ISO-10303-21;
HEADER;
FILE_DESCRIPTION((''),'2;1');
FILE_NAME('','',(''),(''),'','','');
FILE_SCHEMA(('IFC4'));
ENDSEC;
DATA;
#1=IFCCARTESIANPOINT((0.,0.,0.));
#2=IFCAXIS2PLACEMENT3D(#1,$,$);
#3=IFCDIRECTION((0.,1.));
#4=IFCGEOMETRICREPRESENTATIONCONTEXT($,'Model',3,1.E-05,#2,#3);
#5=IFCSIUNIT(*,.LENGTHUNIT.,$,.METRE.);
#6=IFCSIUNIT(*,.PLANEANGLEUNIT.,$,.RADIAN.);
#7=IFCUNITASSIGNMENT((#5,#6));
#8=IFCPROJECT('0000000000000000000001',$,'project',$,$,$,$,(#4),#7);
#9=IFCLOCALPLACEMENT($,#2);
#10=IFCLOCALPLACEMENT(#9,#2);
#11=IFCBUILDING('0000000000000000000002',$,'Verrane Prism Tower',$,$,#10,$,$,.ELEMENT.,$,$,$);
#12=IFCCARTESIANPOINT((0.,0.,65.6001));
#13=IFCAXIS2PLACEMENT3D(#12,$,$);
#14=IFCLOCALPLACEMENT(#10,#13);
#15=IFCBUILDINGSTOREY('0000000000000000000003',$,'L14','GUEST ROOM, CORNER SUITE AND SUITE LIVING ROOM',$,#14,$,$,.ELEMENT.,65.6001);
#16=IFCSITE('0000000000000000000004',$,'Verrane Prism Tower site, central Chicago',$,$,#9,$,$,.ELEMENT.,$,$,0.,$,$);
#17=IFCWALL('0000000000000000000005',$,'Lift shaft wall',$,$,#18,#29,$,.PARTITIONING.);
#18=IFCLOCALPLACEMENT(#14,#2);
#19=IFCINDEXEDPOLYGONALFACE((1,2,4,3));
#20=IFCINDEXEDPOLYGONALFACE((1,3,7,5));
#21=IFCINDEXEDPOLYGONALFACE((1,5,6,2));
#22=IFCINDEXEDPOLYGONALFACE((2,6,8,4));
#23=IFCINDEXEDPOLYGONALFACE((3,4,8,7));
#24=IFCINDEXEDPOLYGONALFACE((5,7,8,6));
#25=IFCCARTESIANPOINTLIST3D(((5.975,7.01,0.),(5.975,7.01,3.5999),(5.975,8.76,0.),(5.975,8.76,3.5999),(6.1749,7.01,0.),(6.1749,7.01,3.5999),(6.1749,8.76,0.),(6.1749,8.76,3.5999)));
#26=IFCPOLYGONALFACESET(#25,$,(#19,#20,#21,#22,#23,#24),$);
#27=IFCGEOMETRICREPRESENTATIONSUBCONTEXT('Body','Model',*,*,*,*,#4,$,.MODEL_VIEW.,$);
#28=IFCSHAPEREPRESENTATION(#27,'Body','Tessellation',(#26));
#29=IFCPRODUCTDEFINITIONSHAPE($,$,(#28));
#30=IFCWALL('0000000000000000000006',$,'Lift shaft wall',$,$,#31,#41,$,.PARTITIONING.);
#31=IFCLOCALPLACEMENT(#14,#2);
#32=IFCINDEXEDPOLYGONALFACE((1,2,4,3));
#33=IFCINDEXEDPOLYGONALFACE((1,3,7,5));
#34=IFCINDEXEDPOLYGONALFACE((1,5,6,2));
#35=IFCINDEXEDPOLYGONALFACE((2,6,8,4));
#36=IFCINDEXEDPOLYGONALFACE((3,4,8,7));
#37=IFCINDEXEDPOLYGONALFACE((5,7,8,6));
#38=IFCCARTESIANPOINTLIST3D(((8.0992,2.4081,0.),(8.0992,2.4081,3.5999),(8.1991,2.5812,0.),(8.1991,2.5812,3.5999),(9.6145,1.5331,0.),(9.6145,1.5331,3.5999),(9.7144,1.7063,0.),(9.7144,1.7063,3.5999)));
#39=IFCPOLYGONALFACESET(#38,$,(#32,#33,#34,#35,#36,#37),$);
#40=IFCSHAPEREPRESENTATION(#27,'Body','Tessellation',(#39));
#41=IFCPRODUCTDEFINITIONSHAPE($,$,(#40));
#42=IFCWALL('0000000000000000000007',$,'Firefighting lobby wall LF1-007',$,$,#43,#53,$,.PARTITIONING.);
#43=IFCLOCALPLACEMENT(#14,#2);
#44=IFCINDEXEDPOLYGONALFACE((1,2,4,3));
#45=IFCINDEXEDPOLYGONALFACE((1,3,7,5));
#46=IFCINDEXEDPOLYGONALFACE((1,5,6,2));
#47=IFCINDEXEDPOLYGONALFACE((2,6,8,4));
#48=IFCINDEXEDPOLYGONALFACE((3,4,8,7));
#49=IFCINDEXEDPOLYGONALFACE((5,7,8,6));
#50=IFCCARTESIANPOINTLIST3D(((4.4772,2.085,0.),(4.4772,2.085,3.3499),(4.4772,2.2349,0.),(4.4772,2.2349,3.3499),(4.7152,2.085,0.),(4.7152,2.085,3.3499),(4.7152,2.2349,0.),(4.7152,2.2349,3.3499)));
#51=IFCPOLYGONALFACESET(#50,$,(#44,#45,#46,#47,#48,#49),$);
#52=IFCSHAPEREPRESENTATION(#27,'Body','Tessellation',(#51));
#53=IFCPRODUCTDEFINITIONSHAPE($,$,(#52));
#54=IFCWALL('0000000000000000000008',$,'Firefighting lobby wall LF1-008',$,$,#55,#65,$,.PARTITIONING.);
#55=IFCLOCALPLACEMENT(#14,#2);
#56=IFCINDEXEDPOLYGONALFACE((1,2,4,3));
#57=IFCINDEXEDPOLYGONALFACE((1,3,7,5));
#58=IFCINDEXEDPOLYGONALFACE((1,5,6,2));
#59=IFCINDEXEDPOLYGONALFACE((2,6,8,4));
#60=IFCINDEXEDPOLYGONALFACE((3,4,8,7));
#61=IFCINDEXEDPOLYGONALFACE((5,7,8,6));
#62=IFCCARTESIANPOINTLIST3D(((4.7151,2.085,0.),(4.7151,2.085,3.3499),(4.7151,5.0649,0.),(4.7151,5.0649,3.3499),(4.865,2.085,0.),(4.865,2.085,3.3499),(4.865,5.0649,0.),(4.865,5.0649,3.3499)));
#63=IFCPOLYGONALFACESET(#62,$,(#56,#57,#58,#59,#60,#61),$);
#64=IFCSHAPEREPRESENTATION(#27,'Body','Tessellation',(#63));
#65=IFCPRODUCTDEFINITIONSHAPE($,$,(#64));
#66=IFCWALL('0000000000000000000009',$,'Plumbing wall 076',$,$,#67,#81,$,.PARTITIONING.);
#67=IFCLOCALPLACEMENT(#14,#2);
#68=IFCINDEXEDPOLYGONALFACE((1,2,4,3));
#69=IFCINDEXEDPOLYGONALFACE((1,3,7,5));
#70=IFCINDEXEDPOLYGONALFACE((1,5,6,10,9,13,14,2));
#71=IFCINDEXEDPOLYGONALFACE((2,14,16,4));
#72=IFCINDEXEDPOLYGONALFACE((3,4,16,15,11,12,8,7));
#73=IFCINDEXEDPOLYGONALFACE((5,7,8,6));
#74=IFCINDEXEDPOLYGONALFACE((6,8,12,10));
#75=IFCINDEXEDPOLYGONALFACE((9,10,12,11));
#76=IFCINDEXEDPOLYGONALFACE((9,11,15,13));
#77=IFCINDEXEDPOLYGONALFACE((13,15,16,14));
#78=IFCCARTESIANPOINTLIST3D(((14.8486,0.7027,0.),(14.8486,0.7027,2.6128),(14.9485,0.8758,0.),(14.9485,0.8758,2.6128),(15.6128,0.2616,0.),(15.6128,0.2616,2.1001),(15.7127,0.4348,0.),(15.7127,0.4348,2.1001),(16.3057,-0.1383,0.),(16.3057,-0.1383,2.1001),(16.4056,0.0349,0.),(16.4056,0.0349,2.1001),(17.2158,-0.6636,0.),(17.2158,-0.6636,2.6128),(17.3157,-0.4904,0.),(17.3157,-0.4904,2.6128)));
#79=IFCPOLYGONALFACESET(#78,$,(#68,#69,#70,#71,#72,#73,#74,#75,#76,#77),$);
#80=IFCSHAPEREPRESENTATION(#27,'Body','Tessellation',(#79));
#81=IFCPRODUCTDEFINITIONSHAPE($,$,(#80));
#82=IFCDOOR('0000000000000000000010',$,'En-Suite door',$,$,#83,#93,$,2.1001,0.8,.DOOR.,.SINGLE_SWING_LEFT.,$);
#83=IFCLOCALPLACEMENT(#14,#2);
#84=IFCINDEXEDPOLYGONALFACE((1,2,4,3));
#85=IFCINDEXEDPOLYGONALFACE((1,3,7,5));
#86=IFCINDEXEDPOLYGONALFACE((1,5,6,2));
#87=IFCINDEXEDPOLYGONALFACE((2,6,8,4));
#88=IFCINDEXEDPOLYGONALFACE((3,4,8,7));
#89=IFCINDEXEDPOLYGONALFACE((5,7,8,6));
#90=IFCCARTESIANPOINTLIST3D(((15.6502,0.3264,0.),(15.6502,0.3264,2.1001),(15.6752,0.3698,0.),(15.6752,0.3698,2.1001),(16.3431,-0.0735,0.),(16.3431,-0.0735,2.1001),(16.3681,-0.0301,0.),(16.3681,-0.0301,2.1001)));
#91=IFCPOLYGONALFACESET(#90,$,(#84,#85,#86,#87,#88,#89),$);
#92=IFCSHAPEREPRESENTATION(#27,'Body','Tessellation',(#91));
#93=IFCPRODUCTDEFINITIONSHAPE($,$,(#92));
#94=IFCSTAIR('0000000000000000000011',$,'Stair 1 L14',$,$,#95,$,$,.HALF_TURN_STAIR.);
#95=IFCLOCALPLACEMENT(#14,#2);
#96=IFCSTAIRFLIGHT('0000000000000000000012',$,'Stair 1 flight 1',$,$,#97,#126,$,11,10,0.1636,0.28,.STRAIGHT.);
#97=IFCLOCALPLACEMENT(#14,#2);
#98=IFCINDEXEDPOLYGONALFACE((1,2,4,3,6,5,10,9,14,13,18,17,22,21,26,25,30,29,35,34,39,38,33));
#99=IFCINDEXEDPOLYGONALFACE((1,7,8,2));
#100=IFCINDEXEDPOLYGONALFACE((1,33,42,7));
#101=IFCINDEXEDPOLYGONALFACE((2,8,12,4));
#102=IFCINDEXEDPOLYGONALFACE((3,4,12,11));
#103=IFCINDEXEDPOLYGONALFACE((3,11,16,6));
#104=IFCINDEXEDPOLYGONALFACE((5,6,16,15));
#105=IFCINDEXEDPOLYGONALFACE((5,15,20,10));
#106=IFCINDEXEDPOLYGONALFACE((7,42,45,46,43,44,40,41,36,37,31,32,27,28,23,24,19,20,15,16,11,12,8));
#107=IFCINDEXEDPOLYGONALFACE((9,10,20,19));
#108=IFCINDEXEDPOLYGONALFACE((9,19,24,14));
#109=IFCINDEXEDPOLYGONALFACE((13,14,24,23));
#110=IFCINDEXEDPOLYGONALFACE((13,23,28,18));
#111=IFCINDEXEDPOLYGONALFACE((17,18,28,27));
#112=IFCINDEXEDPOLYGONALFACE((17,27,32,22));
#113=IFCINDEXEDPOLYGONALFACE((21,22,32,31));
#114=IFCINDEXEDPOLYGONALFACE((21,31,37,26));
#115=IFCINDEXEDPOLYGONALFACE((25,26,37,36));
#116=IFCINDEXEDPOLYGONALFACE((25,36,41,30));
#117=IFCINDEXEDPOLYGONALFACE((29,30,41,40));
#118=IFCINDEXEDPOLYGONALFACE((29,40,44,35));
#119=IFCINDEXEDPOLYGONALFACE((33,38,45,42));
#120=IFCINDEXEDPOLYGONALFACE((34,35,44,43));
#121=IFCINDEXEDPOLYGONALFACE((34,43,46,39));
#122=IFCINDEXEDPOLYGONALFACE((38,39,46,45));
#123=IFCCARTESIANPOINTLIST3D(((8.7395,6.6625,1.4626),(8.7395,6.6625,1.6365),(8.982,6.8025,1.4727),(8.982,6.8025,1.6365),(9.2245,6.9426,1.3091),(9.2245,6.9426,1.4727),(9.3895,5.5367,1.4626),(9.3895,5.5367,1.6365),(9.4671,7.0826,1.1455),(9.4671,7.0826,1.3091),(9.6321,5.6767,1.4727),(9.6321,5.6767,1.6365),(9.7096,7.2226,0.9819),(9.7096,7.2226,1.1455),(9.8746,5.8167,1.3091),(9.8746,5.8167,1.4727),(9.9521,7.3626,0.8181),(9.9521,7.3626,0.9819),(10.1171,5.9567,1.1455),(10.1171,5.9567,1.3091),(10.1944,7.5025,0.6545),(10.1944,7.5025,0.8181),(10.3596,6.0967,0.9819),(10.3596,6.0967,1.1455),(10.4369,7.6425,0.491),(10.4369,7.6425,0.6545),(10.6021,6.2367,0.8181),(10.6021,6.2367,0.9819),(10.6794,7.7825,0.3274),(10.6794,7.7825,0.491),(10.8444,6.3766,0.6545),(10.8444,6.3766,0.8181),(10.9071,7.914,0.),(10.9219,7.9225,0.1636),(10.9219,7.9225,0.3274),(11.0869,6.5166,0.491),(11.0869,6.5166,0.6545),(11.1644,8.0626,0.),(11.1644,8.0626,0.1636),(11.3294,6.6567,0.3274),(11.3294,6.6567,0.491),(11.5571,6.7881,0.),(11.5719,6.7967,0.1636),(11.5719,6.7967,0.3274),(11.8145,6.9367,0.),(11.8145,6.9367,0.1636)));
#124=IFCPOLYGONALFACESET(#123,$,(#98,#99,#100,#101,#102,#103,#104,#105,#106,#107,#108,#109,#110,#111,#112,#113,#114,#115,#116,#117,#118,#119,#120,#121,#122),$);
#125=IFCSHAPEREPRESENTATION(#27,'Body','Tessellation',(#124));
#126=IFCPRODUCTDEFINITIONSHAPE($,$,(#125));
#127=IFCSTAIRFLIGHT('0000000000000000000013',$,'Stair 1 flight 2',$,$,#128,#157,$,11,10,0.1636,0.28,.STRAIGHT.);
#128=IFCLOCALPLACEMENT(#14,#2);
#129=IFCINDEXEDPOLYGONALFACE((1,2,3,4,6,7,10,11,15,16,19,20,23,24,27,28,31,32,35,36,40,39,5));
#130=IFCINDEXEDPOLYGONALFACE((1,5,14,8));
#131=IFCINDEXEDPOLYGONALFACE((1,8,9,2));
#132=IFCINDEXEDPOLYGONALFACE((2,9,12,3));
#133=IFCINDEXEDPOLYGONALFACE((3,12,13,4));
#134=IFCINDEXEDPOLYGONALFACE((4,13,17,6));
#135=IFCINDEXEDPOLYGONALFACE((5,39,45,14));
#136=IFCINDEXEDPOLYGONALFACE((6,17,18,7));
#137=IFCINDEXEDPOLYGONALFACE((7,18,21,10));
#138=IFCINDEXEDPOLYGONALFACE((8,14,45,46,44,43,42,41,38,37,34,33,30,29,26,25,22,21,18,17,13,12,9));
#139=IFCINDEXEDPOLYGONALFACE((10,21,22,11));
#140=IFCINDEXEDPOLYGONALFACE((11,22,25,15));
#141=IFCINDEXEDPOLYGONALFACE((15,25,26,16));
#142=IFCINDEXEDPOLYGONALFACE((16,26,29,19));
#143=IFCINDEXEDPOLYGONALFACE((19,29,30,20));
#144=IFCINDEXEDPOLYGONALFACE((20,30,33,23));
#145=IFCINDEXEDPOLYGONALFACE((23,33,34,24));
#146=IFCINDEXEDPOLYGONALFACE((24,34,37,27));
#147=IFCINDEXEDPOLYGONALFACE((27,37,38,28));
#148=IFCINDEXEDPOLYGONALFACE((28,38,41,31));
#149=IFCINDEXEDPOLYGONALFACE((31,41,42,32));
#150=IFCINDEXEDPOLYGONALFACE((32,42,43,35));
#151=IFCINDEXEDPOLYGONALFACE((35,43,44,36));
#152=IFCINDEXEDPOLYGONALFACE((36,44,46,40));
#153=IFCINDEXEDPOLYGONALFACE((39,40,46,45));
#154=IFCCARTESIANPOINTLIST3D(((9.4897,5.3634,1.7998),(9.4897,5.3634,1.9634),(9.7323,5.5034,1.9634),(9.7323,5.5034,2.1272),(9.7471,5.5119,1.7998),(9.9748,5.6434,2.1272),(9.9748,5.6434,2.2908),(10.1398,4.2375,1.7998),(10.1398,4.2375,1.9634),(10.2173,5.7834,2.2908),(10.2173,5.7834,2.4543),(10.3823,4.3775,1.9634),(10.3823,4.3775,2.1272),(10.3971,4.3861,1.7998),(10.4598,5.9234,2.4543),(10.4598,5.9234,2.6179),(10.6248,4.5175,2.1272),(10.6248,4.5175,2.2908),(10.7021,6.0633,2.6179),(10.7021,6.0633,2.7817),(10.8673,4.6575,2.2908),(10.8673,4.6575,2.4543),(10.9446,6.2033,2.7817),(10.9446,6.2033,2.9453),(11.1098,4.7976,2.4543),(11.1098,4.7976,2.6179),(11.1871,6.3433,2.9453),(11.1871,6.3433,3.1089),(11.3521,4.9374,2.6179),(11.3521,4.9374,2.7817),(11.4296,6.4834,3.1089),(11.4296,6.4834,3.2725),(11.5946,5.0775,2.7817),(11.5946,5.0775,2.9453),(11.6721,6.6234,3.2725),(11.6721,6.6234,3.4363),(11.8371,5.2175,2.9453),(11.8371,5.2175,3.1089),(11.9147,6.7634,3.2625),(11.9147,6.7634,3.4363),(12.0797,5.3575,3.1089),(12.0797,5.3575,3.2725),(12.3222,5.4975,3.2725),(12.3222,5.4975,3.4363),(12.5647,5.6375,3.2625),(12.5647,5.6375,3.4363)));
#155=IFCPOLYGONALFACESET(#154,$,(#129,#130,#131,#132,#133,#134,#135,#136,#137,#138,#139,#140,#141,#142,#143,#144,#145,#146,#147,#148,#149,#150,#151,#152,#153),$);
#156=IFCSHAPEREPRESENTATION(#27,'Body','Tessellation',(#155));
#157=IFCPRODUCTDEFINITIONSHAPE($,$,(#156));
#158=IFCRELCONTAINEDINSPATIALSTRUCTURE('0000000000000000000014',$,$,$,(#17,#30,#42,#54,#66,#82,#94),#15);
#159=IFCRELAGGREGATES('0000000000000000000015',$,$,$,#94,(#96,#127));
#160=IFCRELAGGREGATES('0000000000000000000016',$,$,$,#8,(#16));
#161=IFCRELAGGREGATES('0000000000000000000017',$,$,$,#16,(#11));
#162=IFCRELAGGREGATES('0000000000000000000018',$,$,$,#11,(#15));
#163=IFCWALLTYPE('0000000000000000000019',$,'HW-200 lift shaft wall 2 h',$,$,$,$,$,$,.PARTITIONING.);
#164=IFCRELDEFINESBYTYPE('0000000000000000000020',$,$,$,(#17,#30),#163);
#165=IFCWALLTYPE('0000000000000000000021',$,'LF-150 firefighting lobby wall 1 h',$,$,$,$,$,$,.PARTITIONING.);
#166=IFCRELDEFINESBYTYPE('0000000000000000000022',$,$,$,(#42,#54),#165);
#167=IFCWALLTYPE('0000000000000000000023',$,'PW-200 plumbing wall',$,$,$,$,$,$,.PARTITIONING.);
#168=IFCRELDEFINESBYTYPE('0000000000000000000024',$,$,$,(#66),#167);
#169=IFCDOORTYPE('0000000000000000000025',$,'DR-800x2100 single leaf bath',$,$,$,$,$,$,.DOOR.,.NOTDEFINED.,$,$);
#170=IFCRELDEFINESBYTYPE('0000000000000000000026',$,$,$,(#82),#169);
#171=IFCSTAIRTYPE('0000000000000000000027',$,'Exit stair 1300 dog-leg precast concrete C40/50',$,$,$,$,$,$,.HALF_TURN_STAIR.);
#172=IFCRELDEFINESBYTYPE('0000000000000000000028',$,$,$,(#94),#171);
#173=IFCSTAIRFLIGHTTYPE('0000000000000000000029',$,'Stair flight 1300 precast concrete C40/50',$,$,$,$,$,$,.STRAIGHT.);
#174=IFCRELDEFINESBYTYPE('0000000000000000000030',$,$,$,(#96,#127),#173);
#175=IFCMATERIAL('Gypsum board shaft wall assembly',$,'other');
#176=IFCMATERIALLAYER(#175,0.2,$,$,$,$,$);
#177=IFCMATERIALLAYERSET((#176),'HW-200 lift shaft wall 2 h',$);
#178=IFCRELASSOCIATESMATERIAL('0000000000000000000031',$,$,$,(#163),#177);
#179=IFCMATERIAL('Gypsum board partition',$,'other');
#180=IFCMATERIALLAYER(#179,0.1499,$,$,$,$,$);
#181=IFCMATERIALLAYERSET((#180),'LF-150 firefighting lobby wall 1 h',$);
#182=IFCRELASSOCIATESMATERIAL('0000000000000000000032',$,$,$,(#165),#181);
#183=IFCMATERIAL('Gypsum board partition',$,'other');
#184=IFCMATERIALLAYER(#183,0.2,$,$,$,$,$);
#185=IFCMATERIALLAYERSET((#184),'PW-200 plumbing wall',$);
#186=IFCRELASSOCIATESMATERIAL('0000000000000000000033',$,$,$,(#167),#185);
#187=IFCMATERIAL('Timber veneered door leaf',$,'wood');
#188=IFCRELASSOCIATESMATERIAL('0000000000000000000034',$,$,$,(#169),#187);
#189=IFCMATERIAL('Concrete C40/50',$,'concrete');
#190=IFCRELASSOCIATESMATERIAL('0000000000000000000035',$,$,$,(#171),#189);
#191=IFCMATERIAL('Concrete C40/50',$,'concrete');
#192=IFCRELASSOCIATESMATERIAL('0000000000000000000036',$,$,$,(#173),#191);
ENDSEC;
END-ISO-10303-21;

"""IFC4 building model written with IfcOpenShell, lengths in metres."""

from ifc_helpers import new_model, si_unit, direction, frame, frame_2d, origin, place, context, subcontext, project, spatial, polyline, rectangle, outline, extrude, material, layer, layer_set, type_object, element, fill, aggregate, save


model = new_model("IFC4")

# Units and contexts
model_context = context("Model", 3, precision=1e-05, world=origin(), true_north=direction((0.0, 1.0)))
body_context = subcontext(model_context, "Body", "Model", "MODEL_VIEW")
ifc_project = project(units=[si_unit("LENGTHUNIT", "METRE"), si_unit("PLANEANGLEUNIT", "RADIAN")], contexts=[model_context])

# Site, building, storey
site_placement = place(None, origin())
site = spatial("IfcSite", under=ifc_project, at=site_placement, Name="Verrane Prism Tower site, central Chicago", CompositionType="ELEMENT", RefElevation=0.0)
building_placement = place(site_placement, origin())
building = spatial("IfcBuilding", under=site, at=building_placement, Name="Verrane Prism Tower", CompositionType="ELEMENT")
storey_placement = place(building_placement, frame((0.0, 0.0, 65.6001)))
storey = spatial("IfcBuildingStorey", under=building, at=storey_placement, Name="L14", Description="GUEST ROOM, CORNER SUITE AND SUITE LIVING ROOM", CompositionType="ELEMENT", Elevation=65.6001)

# Walls
ifc_material_1 = material(Name="Gypsum board shaft wall assembly", Category="other")
ifc_layer_1 = layer(ifc_material_1, 0.2)
ifc_layer_set_1 = layer_set([ifc_layer_1], Name="HW-200 lift shaft wall 2 h")
wall_type_1 = type_object("IfcWallType", Name="HW-200 lift shaft wall 2 h", PredefinedType="PARTITIONING", material=ifc_layer_set_1)
wall_1_placement = place(storey_placement, frame((6.075, 7.01, 0.0), z_axis=(0.0, 0.0, 1.0), x_axis=(0.0, 1.0, 0.0)))
element("IfcWall", 1, at=wall_1_placement, inside=storey, type_object=wall_type_1, Name="Lift shaft wall", PredefinedType="PARTITIONING", context=body_context, shape_type="SweptSolid", body=[
    extrude(rectangle(XDim=1.75, YDim=0.2, at=frame_2d((0.875, 0.0))), origin(), (0.0, 0.0, 1.0), 3.5999),
])
wall_2_placement = place(storey_placement, frame((9.6646, 1.6196, 0.0), z_axis=(0.0, 0.0, 1.0), x_axis=(-0.866002, 0.50004, 0.0)))
element("IfcWall", 2, at=wall_2_placement, inside=storey, type_object=wall_type_1, Name="Lift shaft wall", PredefinedType="PARTITIONING", context=body_context, shape_type="SweptSolid", body=[
    extrude(rectangle(XDim=1.7498, YDim=0.2, at=frame_2d((0.875, 0.0))), origin(), (0.0, 0.0, 1.0), 3.5999),
])
ifc_material_2 = material(Name="Gypsum board partition", Category="other")
ifc_layer_2 = layer(ifc_material_2, 0.1499)
ifc_layer_set_2 = layer_set([ifc_layer_2], Name="LF-150 firefighting lobby wall 1 h")
wall_type_2 = type_object("IfcWallType", Name="LF-150 firefighting lobby wall 1 h", PredefinedType="PARTITIONING", material=ifc_layer_set_2)
wall_3_placement = place(storey_placement, frame((4.4771, 2.1599, 0.0), z_axis=(0.0, 0.0, 1.0), x_axis=(1.0, 0.0, 0.0)))
element("IfcWall", 3, at=wall_3_placement, inside=storey, type_object=wall_type_2, Name="Firefighting lobby wall LF1-007", PredefinedType="PARTITIONING", context=body_context, shape_type="SweptSolid", body=[
    extrude(rectangle(XDim=0.238, YDim=0.1499, at=frame_2d((0.1191, 0.0))), origin(), (0.0, 0.0, 1.0), 3.3499),
])
wall_4_placement = place(storey_placement, frame((4.79, 2.085, 0.0), z_axis=(0.0, 0.0, 1.0), x_axis=(0.0, 1.0, 0.0)))
element("IfcWall", 4, at=wall_4_placement, inside=storey, type_object=wall_type_2, Name="Firefighting lobby wall LF1-008", PredefinedType="PARTITIONING", context=body_context, shape_type="SweptSolid", body=[
    extrude(rectangle(XDim=2.98, YDim=0.1499, at=frame_2d((1.49, 0.0))), origin(), (0.0, 0.0, 1.0), 3.3499),
])

# Wall, opening, door
ifc_material_3 = material(Name="Gypsum board partition", Category="other")
ifc_layer_3 = layer(ifc_material_3, 0.2)
ifc_layer_set_3 = layer_set([ifc_layer_3], Name="PW-200 plumbing wall")
wall_type_3 = type_object("IfcWallType", Name="PW-200 plumbing wall", PredefinedType="PARTITIONING", material=ifc_layer_set_3)
wall_5_placement = place(storey_placement, frame((14.8984, 0.7893, 0.0), z_axis=(0.0, 0.0, 1.0), x_axis=(0.866102, -0.499867, 0.0)))
wall_5 = element("IfcWall", 5, at=wall_5_placement, inside=storey, type_object=wall_type_3, Name="Plumbing wall 076", PredefinedType="PARTITIONING", context=body_context, shape_type="SweptSolid", body=[
    extrude(rectangle(XDim=2.7332, YDim=0.2, at=frame_2d((1.3667, 0.0))), origin(), (0.0, 0.0, 1.0), 2.6128),
])
opening_placement = place(wall_5_placement, frame((0.8826, 0.0, 0.0)))
opening = element("IfcOpeningElement", 6, at=opening_placement, cuts=wall_5, PredefinedType="OPENING", context=body_context, shape_type="SweptSolid", body=[
    extrude(rectangle(XDim=0.8, YDim=2.1001, at=frame_2d((0.3999, 1.05))), frame((0.0, 0.1099, 0.0), z_axis=(0.0, -1.0, 0.0), x_axis=(1.0, 0.0, 0.0)), (0.0, 0.0, 1.0), 0.22),
])
ifc_material_4 = material(Name="Timber veneered door leaf", Category="wood")
door_type = type_object("IfcDoorType", Name="DR-800x2100 single leaf bath", OperationType="NOTDEFINED", PredefinedType="DOOR", material=ifc_material_4)
door_placement = place(opening_placement, origin())
door = element("IfcDoor", 7, at=door_placement, inside=storey, type_object=door_type, Name="En-Suite door", OperationType="SINGLE_SWING_LEFT", OverallHeight=2.1001, OverallWidth=0.8, PredefinedType="DOOR", context=body_context, shape_type="SweptSolid", body=[
    extrude(rectangle(XDim=0.8, YDim=2.1001, at=frame_2d((0.3999, 1.05))), frame((0.0, 0.0249, 0.0), z_axis=(0.0, -1.0, 0.0), x_axis=(1.0, 0.0, 0.0)), (0.0, 0.0, 1.0), 0.05),
])
fill(opening, door)

# Stair, stair flights
ifc_material_5 = material(Name="Concrete C40/50", Category="concrete")
stair_type = type_object("IfcStairType", Name="Exit stair 1300 dog-leg precast concrete C40/50", PredefinedType="HALF_TURN_STAIR", material=ifc_material_5)
stair_placement = place(storey_placement, origin())
stair = element("IfcStair", 8, at=stair_placement, inside=storey, type_object=stair_type, Name="Stair 1 L14", PredefinedType="HALF_TURN_STAIR")
ifc_material_6 = material(Name="Concrete C40/50", Category="concrete")
stair_flight_type = type_object("IfcStairFlightType", Name="Stair flight 1300 precast concrete C40/50", PredefinedType="STRAIGHT", material=ifc_material_6)
stair_flight_1_placement = place(storey_placement, frame((11.4895, 7.4995, 0.0), z_axis=(0.0, 0.0, 1.0), x_axis=(-0.866025, -0.5, 0.0)))
stair_flight_1 = element("IfcStairFlight", 9, at=stair_flight_1_placement, type_object=stair_flight_type, Name="Stair 1 flight 1", NumberOfRisers=11, NumberOfTreads=10, PredefinedType="STRAIGHT", RiserHeight=0.1636, TreadLength=0.28, context=body_context, shape_type="SweptSolid", body=[
    extrude(outline(polyline([(0.0, 0.0), (0.0, 0.1636), (0.28, 0.1636), (0.28, 0.3274), (0.5601, 0.3274), (0.5601, 0.491), (0.8401, 0.491), (0.8401, 0.6545), (1.1201, 0.6545), (1.1201, 0.8181), (1.3999, 0.8181), (1.3999, 0.9819), (1.6799, 0.9819), (1.6799, 1.1455), (1.96, 1.1455), (1.96, 1.3091), (2.24, 1.3091), (2.24, 1.4727), (2.52, 1.4727), (2.52, 1.6365), (2.8, 1.6365), (2.8, 1.8), (2.8, 1.4626), (0.2971, 0.0), (0.0, 0.0)])), frame((0.0, 0.6499, 0.0), z_axis=(0.0, -1.0, 0.0), x_axis=(1.0, 0.0, 0.0)), (0.0, 0.0, 1.0), 1.3),
])
stair_flight_2_placement = place(storey_placement, frame((9.8147, 4.8005, 1.7998), z_axis=(0.0, 0.0, 1.0), x_axis=(0.866025, 0.5, 0.0)))
stair_flight_2 = element("IfcStairFlight", 10, at=stair_flight_2_placement, type_object=stair_flight_type, Name="Stair 1 flight 2", NumberOfRisers=11, NumberOfTreads=10, PredefinedType="STRAIGHT", RiserHeight=0.1636, TreadLength=0.28, context=body_context, shape_type="SweptSolid", body=[
    extrude(outline(polyline([(0.0, 0.0), (0.0, 0.1636), (0.28, 0.1636), (0.28, 0.3274), (0.5601, 0.3274), (0.5601, 0.491), (0.8401, 0.491), (0.8401, 0.6545), (1.1201, 0.6545), (1.1201, 0.8181), (1.3999, 0.8181), (1.3999, 0.9819), (1.6799, 0.9819), (1.6799, 1.1455), (1.96, 1.1455), (1.96, 1.3091), (2.24, 1.3091), (2.24, 1.4727), (2.52, 1.4727), (2.52, 1.6365), (2.8, 1.6365), (2.8, 1.8), (2.8, 1.4626), (0.2971, 0.0), (0.0, 0.0)])), frame((0.0, 0.6499, 0.0), z_axis=(0.0, -1.0, 0.0), x_axis=(1.0, 0.0, 0.0)), (0.0, 0.0, 1.0), 1.3),
])
aggregate(stair, [stair_flight_1, stair_flight_2])

save(model, "model.ifc")
